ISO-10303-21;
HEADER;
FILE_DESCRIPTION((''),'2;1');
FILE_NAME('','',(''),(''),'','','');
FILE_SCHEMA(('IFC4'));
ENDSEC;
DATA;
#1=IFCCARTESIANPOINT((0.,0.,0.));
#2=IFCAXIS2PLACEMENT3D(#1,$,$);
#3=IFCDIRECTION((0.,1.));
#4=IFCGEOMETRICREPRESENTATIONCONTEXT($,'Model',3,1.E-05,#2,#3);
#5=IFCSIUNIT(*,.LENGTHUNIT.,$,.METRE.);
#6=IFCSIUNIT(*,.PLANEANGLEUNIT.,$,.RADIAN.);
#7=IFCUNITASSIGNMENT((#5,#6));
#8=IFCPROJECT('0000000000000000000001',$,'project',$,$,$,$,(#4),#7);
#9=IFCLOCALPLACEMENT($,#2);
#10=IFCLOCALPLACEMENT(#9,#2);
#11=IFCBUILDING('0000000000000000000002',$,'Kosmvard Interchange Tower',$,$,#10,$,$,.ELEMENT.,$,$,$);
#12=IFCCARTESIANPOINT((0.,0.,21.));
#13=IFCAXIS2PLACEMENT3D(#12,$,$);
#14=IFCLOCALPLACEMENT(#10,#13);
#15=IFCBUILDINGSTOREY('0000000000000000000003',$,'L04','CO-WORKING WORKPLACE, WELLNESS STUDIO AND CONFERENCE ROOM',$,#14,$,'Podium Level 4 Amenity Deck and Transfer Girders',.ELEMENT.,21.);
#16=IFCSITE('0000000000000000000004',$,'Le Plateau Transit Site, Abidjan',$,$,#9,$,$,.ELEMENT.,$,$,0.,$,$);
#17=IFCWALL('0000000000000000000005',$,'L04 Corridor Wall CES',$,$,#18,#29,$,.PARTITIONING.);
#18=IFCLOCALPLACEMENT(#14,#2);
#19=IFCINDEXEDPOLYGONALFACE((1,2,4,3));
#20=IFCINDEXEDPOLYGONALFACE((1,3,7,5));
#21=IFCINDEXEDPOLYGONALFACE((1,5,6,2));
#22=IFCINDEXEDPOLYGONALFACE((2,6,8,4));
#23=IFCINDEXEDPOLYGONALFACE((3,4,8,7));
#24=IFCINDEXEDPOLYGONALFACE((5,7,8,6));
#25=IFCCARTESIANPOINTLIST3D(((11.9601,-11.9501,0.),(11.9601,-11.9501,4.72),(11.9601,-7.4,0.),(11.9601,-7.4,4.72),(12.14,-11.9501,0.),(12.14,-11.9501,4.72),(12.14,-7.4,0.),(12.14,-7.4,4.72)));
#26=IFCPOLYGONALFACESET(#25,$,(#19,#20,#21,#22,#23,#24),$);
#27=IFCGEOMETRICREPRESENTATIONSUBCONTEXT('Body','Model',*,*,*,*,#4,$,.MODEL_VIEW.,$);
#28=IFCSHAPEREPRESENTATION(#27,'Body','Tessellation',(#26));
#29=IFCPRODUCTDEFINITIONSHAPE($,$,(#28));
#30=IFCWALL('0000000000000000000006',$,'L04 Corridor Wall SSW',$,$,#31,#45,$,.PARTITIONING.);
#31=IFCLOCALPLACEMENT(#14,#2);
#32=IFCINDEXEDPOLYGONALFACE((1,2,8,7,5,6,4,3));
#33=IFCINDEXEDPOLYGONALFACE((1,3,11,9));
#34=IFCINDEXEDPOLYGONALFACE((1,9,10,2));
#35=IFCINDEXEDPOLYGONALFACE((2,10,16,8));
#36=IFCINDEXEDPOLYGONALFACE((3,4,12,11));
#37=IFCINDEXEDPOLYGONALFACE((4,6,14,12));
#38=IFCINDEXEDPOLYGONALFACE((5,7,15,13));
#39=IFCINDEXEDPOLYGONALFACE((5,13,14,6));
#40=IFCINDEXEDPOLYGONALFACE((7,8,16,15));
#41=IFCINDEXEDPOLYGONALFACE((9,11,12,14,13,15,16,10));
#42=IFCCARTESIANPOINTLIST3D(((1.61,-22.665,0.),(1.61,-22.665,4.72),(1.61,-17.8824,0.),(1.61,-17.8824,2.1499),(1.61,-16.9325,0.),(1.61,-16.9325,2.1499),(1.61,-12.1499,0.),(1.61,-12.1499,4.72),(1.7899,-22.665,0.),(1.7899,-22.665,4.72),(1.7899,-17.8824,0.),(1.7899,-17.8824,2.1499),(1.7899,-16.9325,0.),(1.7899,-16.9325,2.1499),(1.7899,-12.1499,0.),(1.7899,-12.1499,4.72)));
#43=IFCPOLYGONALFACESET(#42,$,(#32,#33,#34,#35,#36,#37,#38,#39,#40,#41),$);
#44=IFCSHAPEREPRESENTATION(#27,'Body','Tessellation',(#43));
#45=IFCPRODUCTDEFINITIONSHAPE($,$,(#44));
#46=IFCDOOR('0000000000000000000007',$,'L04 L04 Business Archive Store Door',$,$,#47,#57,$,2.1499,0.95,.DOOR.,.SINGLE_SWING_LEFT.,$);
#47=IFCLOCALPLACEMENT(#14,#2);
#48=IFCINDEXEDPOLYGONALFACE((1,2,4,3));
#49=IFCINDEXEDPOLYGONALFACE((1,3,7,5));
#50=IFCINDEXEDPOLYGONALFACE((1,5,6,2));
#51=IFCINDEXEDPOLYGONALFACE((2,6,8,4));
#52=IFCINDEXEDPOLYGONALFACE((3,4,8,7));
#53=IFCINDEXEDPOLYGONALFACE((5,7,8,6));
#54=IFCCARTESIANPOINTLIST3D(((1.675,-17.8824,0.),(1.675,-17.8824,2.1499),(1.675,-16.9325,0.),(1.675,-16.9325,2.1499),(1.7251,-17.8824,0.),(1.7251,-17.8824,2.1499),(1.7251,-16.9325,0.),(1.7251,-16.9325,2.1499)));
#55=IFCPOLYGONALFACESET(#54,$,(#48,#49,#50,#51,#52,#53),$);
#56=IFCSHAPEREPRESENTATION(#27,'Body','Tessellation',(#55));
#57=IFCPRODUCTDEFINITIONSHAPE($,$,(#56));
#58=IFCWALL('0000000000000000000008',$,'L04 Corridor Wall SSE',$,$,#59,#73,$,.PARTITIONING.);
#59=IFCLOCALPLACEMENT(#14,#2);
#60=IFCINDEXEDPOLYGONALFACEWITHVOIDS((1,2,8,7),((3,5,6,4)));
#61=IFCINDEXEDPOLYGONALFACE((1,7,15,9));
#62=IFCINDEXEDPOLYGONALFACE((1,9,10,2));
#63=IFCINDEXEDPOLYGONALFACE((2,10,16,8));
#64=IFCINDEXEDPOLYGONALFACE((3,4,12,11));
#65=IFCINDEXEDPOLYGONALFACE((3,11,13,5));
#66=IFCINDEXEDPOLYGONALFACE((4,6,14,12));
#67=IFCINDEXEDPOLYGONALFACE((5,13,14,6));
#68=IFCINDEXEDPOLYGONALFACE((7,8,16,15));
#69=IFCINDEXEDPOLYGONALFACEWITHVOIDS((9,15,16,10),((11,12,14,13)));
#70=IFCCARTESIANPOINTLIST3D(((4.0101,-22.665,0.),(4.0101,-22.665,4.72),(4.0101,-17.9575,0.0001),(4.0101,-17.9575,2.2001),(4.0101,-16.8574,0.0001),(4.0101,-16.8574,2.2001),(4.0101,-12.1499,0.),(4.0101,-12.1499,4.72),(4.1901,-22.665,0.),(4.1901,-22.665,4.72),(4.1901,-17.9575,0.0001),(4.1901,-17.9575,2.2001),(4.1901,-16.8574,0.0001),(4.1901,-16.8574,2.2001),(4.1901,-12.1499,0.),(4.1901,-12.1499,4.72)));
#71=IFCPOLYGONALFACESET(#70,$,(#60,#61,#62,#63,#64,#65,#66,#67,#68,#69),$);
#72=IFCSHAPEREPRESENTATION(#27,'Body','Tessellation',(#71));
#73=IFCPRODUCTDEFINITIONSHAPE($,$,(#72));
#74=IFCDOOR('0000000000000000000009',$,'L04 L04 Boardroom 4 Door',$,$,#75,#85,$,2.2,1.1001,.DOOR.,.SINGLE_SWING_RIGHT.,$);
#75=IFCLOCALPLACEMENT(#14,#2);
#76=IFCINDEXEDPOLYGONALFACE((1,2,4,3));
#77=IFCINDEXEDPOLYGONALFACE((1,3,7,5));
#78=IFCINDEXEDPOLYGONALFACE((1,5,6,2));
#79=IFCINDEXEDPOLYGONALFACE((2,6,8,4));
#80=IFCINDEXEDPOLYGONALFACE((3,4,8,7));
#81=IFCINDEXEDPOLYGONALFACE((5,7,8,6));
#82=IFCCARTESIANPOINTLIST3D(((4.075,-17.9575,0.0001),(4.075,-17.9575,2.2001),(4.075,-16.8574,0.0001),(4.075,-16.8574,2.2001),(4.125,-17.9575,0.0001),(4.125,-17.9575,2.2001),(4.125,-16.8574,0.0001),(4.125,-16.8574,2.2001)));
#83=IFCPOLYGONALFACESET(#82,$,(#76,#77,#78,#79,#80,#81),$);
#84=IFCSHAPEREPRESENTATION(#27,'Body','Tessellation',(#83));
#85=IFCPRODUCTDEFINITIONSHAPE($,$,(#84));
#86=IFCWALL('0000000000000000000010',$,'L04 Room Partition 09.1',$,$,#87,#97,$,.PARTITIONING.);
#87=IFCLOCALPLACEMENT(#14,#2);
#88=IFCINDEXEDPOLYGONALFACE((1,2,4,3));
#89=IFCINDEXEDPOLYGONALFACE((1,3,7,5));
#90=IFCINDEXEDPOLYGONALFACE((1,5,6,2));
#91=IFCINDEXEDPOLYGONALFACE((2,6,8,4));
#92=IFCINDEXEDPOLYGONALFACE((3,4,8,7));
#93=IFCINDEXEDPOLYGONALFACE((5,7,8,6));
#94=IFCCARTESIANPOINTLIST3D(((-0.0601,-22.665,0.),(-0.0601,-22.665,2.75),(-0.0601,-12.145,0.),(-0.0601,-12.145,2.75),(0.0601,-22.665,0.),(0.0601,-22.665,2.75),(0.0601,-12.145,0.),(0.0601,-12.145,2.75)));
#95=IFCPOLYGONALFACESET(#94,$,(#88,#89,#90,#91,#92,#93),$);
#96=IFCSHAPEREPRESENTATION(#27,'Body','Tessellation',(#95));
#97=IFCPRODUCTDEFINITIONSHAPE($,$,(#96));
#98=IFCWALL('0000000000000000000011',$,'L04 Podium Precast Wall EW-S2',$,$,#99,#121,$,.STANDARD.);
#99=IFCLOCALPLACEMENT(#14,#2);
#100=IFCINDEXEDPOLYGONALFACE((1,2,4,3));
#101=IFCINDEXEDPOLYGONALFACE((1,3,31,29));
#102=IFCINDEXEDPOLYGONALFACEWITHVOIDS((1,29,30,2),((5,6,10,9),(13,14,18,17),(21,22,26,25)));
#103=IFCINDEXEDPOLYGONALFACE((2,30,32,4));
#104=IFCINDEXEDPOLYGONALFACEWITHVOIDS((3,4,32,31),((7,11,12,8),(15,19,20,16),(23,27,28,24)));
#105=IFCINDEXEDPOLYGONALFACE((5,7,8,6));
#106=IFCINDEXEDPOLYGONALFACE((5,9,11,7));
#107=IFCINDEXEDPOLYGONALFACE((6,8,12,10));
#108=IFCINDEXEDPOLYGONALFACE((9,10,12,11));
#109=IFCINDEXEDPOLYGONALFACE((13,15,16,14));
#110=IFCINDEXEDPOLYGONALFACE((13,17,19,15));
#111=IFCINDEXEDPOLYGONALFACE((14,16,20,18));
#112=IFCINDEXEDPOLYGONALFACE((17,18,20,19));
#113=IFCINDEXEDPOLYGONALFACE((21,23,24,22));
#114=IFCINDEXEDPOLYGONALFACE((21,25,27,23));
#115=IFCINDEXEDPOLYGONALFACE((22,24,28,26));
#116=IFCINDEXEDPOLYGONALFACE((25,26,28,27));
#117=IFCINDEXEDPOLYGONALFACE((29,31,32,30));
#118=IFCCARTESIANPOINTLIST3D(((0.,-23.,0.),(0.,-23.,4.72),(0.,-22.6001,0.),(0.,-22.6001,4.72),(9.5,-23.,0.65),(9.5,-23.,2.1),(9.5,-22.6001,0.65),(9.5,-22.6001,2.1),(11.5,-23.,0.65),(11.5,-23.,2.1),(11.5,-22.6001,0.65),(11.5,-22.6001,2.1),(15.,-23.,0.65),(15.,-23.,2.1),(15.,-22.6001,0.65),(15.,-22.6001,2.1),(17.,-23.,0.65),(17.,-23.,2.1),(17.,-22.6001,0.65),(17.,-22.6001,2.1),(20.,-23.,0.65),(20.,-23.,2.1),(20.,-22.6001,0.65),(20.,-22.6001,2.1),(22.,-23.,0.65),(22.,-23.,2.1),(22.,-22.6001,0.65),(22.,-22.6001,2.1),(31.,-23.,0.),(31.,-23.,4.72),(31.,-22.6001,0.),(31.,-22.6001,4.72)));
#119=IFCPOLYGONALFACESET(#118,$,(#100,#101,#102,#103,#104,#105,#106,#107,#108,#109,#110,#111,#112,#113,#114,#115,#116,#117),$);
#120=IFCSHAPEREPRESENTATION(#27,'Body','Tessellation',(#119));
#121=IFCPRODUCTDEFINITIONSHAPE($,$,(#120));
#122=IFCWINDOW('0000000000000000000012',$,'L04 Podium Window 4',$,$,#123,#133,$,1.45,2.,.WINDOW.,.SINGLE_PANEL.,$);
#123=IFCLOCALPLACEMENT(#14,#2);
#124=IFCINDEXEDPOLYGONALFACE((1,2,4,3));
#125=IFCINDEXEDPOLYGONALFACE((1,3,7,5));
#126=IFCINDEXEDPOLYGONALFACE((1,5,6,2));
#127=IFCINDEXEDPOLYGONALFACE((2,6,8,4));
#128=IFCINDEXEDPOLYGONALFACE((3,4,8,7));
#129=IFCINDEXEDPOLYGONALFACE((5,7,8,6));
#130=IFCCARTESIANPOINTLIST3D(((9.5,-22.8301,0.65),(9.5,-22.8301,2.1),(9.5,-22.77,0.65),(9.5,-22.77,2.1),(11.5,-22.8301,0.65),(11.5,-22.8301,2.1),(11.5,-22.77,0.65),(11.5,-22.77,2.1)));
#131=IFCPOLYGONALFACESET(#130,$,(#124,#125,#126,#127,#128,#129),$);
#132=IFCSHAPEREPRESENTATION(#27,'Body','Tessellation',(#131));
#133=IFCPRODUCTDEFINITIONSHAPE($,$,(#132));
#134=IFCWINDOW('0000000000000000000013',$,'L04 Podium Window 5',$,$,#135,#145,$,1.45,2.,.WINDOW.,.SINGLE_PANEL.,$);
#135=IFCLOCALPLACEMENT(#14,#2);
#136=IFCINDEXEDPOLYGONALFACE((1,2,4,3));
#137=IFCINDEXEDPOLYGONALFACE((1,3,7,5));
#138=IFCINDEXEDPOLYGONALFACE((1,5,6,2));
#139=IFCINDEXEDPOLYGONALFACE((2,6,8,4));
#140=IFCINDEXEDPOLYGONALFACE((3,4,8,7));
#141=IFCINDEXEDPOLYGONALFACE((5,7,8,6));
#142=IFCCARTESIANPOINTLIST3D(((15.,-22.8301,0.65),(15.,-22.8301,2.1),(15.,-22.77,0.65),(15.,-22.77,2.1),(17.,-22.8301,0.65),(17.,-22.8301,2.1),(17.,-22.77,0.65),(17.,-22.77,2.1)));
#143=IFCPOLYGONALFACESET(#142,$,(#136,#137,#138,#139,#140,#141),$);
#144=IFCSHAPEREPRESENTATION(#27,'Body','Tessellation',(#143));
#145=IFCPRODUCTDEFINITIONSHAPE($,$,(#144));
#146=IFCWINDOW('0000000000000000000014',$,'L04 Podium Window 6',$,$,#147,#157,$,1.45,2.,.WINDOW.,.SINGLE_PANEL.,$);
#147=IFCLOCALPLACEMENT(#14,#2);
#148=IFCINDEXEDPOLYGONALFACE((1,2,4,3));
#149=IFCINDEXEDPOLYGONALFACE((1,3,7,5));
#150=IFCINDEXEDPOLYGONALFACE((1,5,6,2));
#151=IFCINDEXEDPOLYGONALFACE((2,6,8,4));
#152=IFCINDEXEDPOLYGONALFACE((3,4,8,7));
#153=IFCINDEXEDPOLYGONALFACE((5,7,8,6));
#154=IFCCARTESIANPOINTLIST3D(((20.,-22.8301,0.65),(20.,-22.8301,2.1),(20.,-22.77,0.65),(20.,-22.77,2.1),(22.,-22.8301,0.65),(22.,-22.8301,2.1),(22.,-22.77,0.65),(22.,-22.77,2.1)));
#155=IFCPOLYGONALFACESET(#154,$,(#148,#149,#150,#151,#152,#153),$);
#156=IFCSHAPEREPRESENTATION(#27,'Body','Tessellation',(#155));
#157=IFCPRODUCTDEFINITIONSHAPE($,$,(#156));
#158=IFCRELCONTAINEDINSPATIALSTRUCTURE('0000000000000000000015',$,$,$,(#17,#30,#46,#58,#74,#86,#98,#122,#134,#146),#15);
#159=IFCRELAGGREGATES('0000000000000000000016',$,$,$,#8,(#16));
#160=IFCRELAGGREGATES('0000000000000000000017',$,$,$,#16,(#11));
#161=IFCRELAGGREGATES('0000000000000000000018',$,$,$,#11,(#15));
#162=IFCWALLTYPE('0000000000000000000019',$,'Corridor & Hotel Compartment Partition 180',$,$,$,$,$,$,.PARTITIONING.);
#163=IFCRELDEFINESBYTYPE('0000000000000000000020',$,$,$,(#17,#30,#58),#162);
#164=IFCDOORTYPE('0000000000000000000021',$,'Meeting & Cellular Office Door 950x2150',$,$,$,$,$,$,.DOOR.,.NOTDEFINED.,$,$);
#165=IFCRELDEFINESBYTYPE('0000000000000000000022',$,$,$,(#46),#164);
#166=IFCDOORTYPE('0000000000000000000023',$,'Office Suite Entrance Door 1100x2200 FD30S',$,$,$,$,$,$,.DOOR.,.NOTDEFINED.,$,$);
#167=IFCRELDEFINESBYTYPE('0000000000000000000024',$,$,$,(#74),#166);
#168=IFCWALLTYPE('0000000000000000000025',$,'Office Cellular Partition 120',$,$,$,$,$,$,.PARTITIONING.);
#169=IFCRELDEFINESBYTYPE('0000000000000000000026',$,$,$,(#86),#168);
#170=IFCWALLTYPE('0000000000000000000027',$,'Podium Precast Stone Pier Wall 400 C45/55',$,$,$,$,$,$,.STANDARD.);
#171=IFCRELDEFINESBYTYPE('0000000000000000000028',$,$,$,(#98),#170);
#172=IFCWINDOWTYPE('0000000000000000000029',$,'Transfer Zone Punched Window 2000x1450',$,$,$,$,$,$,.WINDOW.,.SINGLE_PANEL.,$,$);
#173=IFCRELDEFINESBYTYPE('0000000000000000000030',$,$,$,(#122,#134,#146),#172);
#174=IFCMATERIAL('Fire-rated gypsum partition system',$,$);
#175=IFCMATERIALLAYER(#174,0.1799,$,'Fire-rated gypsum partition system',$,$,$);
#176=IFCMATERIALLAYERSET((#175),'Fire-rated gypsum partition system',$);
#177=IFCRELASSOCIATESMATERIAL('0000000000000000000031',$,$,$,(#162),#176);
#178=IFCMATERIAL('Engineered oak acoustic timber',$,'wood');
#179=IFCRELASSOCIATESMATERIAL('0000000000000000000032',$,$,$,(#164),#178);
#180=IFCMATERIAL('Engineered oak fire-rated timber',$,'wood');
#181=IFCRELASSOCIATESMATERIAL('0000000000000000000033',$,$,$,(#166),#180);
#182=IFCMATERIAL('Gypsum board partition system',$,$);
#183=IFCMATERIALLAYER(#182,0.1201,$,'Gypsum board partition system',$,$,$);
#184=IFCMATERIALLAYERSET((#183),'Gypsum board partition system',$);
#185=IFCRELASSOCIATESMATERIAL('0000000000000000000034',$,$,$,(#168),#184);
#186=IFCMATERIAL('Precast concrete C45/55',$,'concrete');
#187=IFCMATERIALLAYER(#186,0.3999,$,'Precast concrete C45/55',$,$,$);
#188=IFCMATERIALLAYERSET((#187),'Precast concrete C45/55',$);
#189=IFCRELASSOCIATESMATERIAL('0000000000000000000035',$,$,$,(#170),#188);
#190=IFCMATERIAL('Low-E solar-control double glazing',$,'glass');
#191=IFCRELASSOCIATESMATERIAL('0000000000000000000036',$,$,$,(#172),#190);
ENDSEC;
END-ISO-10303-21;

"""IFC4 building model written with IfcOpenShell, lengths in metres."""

from ifc_helpers import new_model, si_unit, direction, frame, frame_2d, origin, place, context, subcontext, project, spatial, rectangle, extrude, source, transform, mapped, material, layer, layer_set, type_object, element, fill, save


model = new_model("IFC4")

# Units and contexts
model_context = context("Model", 3, precision=1e-05, world=origin(), true_north=direction((0.0, 1.0)))
body_context = subcontext(model_context, "Body", "Model", "MODEL_VIEW")
ifc_project = project(units=[si_unit("LENGTHUNIT", "METRE"), si_unit("PLANEANGLEUNIT", "RADIAN")], contexts=[model_context])

# Site, building, storey
site_placement = place(None, origin())
site = spatial("IfcSite", under=ifc_project, at=site_placement, Name="Le Plateau Transit Site, Abidjan", CompositionType="ELEMENT", RefElevation=0.0)
building_placement = place(site_placement, origin())
building = spatial("IfcBuilding", under=site, at=building_placement, Name="Kosmvard Interchange Tower", CompositionType="ELEMENT")
storey_placement = place(building_placement, frame((0.0, 0.0, 21.0)))
storey = spatial("IfcBuildingStorey", under=building, at=storey_placement, Name="L04", Description="CO-WORKING WORKPLACE, WELLNESS STUDIO AND CONFERENCE ROOM", LongName="Podium Level 4 Amenity Deck and Transfer Girders", CompositionType="ELEMENT", Elevation=21.0)

# Wall
ifc_material_1 = material(Name="Fire-rated gypsum partition system")
ifc_layer_1 = layer(ifc_material_1, 0.1799, Name="Fire-rated gypsum partition system")
ifc_layer_set_1 = layer_set([ifc_layer_1], Name="Fire-rated gypsum partition system")
wall_type_1 = type_object("IfcWallType", Name="Corridor & Hotel Compartment Partition 180", PredefinedType="PARTITIONING", material=ifc_layer_set_1)
wall_1_placement = place(storey_placement, frame((12.05, -11.95, 0.0), z_axis=(0.0, 0.0, 1.0), x_axis=(0.0, 1.0, 0.0)))
element("IfcWall", 1, at=wall_1_placement, inside=storey, type_object=wall_type_1, Name="L04 Corridor Wall CES", PredefinedType="PARTITIONING", context=body_context, shape_type="SweptSolid", body=[
    extrude(rectangle(XDim=4.55, YDim=0.1799, at=frame_2d((2.2749, 0.0))), origin(), (0.0, 0.0, 1.0), 4.72),
])

# Walls, openings, doors
wall_2_placement = place(storey_placement, frame((1.7, -22.665, 0.0), z_axis=(0.0, 0.0, 1.0), x_axis=(0.0, 1.0, 0.0)))
wall_2 = element("IfcWall", 2, at=wall_2_placement, inside=storey, type_object=wall_type_1, Name="L04 Corridor Wall SSW", PredefinedType="PARTITIONING", context=body_context, shape_type="SweptSolid", body=[
    extrude(rectangle(XDim=10.5151, YDim=0.1799, at=frame_2d((5.2576, 0.0))), origin(), (0.0, 0.0, 1.0), 4.72),
])
opening_1_placement = place(wall_2_placement, frame((4.7825, 0.0, 0.0)))
opening_1 = element("IfcOpeningElement", 3, at=opening_1_placement, cuts=wall_2, PredefinedType="OPENING", context=body_context, shape_type="SweptSolid", body=[
    extrude(rectangle(XDim=0.95, YDim=2.1499, at=frame_2d((0.4751, 1.075))), frame((0.0, 0.1001, 0.0), z_axis=(0.0, -1.0, 0.0), x_axis=(1.0, 0.0, 0.0)), (0.0, 0.0, 1.0), 0.2),
])
ifc_material_2 = material(Name="Engineered oak acoustic timber", Category="wood")
door_type_1 = type_object("IfcDoorType", Name="Meeting & Cellular Office Door 950x2150", OperationType="NOTDEFINED", PredefinedType="DOOR", material=ifc_material_2)
shared_shape_1 = source(origin(), body_context, "Body", "SweptSolid", [
    extrude(rectangle(XDim=0.95, YDim=2.1499, at=frame_2d((0.4751, 1.075))), frame((0.0, 0.0249, 0.0), z_axis=(0.0, -1.0, 0.0), x_axis=(1.0, 0.0, 0.0)), (0.0, 0.0, 1.0), 0.05),
])
door_1_placement = place(opening_1_placement, origin())
door_1 = element("IfcDoor", 4, at=door_1_placement, inside=storey, type_object=door_type_1, Name="L04 L04 Business Archive Store Door", OperationType="SINGLE_SWING_LEFT", OverallHeight=2.1499, OverallWidth=0.95, PredefinedType="DOOR", context=body_context, shape_type="MappedRepresentation", body=[
    mapped(shared_shape_1, transform((0.0, 0.0, 0.0), scale=1.0)),
])
fill(opening_1, door_1)
wall_3_placement = place(storey_placement, frame((4.1001, -22.665, 0.0), z_axis=(0.0, 0.0, 1.0), x_axis=(0.0, 1.0, 0.0)))
wall_3 = element("IfcWall", 5, at=wall_3_placement, inside=storey, type_object=wall_type_1, Name="L04 Corridor Wall SSE", PredefinedType="PARTITIONING", context=body_context, shape_type="SweptSolid", body=[
    extrude(rectangle(XDim=10.5151, YDim=0.1799, at=frame_2d((5.2576, 0.0))), origin(), (0.0, 0.0, 1.0), 4.72),
])
opening_2_placement = place(wall_3_placement, frame((4.7075, 0.0, 0.0)))
opening_2 = element("IfcOpeningElement", 6, at=opening_2_placement, cuts=wall_3, PredefinedType="OPENING", context=body_context, shape_type="SweptSolid", body=[
    extrude(rectangle(XDim=1.1001, YDim=2.2, at=frame_2d((0.55, 1.1001))), frame((0.0, 0.1001, 0.0), z_axis=(0.0, -1.0, 0.0), x_axis=(1.0, 0.0, 0.0)), (0.0, 0.0, 1.0), 0.2),
])
ifc_material_3 = material(Name="Engineered oak fire-rated timber", Category="wood")
door_type_2 = type_object("IfcDoorType", Name="Office Suite Entrance Door 1100x2200 FD30S", OperationType="NOTDEFINED", PredefinedType="DOOR", material=ifc_material_3)
shared_shape_2 = source(origin(), body_context, "Body", "SweptSolid", [
    extrude(rectangle(XDim=1.1001, YDim=2.2, at=frame_2d((0.55, 1.1001))), frame((0.0, 0.0249, 0.0), z_axis=(0.0, -1.0, 0.0), x_axis=(1.0, 0.0, 0.0)), (0.0, 0.0, 1.0), 0.05),
])
door_2_placement = place(opening_2_placement, frame((1.1001, 0.0, 0.0), z_axis=(0.0, 0.0, 1.0), x_axis=(-1.0, 0.0, 0.0)))
door_2 = element("IfcDoor", 7, at=door_2_placement, inside=storey, type_object=door_type_2, Name="L04 L04 Boardroom 4 Door", OperationType="SINGLE_SWING_RIGHT", OverallHeight=2.2, OverallWidth=1.1001, PredefinedType="DOOR", context=body_context, shape_type="MappedRepresentation", body=[
    mapped(shared_shape_2, transform((0.0, 0.0, 0.0), scale=1.0)),
])
fill(opening_2, door_2)

# Wall
ifc_material_4 = material(Name="Gypsum board partition system")
ifc_layer_2 = layer(ifc_material_4, 0.1201, Name="Gypsum board partition system")
ifc_layer_set_2 = layer_set([ifc_layer_2], Name="Gypsum board partition system")
wall_type_2 = type_object("IfcWallType", Name="Office Cellular Partition 120", PredefinedType="PARTITIONING", material=ifc_layer_set_2)
wall_4_placement = place(storey_placement, frame((0.0, -22.665, 0.0), z_axis=(0.0, 0.0, 1.0), x_axis=(0.0, 1.0, 0.0)))
element("IfcWall", 8, at=wall_4_placement, inside=storey, type_object=wall_type_2, Name="L04 Room Partition 09.1", PredefinedType="PARTITIONING", context=body_context, shape_type="SweptSolid", body=[
    extrude(rectangle(XDim=10.52, YDim=0.1201, at=frame_2d((5.26, 0.0))), origin(), (0.0, 0.0, 1.0), 2.75),
])

# Wall, openings, windows
ifc_material_5 = material(Name="Precast concrete C45/55", Category="concrete")
ifc_layer_3 = layer(ifc_material_5, 0.3999, Name="Precast concrete C45/55")
ifc_layer_set_3 = layer_set([ifc_layer_3], Name="Precast concrete C45/55")
wall_type_3 = type_object("IfcWallType", Name="Podium Precast Stone Pier Wall 400 C45/55", PredefinedType="STANDARD", material=ifc_layer_set_3)
wall_5_placement = place(storey_placement, frame((0.0, -22.8, 0.0), z_axis=(0.0, 0.0, 1.0), x_axis=(1.0, 0.0, 0.0)))
wall_5 = element("IfcWall", 9, at=wall_5_placement, inside=storey, type_object=wall_type_3, Name="L04 Podium Precast Wall EW-S2", PredefinedType="STANDARD", context=body_context, shape_type="SweptSolid", body=[
    extrude(rectangle(XDim=31.0, YDim=0.3999, at=frame_2d((15.5, 0.0))), origin(), (0.0, 0.0, 1.0), 4.72),
])
opening_3_placement = place(wall_5_placement, frame((9.5, 0.0, 0.6499)))
opening_3 = element("IfcOpeningElement", 10, at=opening_3_placement, cuts=wall_5, PredefinedType="OPENING", context=body_context, shape_type="SweptSolid", body=[
    extrude(rectangle(XDim=2.0, YDim=1.45, at=frame_2d((1.0, 0.7251))), frame((0.0, 0.21, 0.0), z_axis=(0.0, -1.0, 0.0), x_axis=(1.0, 0.0, 0.0)), (0.0, 0.0, 1.0), 0.4199),
])
opening_4_placement = place(wall_5_placement, frame((15.0, 0.0, 0.6499)))
opening_4 = element("IfcOpeningElement", 11, at=opening_4_placement, cuts=wall_5, PredefinedType="OPENING", context=body_context, shape_type="SweptSolid", body=[
    extrude(rectangle(XDim=2.0, YDim=1.45, at=frame_2d((1.0, 0.7251))), frame((0.0, 0.21, 0.0), z_axis=(0.0, -1.0, 0.0), x_axis=(1.0, 0.0, 0.0)), (0.0, 0.0, 1.0), 0.4199),
])
opening_5_placement = place(wall_5_placement, frame((20.0, 0.0, 0.6499)))
opening_5 = element("IfcOpeningElement", 12, at=opening_5_placement, cuts=wall_5, PredefinedType="OPENING", context=body_context, shape_type="SweptSolid", body=[
    extrude(rectangle(XDim=2.0, YDim=1.45, at=frame_2d((1.0, 0.7251))), frame((0.0, 0.21, 0.0), z_axis=(0.0, -1.0, 0.0), x_axis=(1.0, 0.0, 0.0)), (0.0, 0.0, 1.0), 0.4199),
])
ifc_material_6 = material(Name="Low-E solar-control double glazing", Category="glass")
window_type = type_object("IfcWindowType", Name="Transfer Zone Punched Window 2000x1450", PartitioningType="SINGLE_PANEL", PredefinedType="WINDOW", material=ifc_material_6)
shared_shape_3 = source(origin(), body_context, "Body", "SweptSolid", [
    extrude(rectangle(XDim=2.0, YDim=1.45, at=frame_2d((1.0, 0.7251))), frame((0.0, 0.03, 0.0), z_axis=(0.0, -1.0, 0.0), x_axis=(1.0, 0.0, 0.0)), (0.0, 0.0, 1.0), 0.0601),
])
window_1_placement = place(opening_3_placement, origin())
window_1 = element("IfcWindow", 13, at=window_1_placement, inside=storey, type_object=window_type, Name="L04 Podium Window 4", OverallHeight=1.45, OverallWidth=2.0, PartitioningType="SINGLE_PANEL", PredefinedType="WINDOW", context=body_context, shape_type="MappedRepresentation", body=[
    mapped(shared_shape_3, transform((0.0, 0.0, 0.0), scale=1.0)),
])
fill(opening_3, window_1)
window_2_placement = place(opening_4_placement, origin())
window_2 = element("IfcWindow", 14, at=window_2_placement, inside=storey, type_object=window_type, Name="L04 Podium Window 5", OverallHeight=1.45, OverallWidth=2.0, PartitioningType="SINGLE_PANEL", PredefinedType="WINDOW", context=body_context, shape_type="MappedRepresentation", body=[
    mapped(shared_shape_3, transform((0.0, 0.0, 0.0), scale=1.0)),
])
fill(opening_4, window_2)
window_3_placement = place(opening_5_placement, origin())
window_3 = element("IfcWindow", 15, at=window_3_placement, inside=storey, type_object=window_type, Name="L04 Podium Window 6", OverallHeight=1.45, OverallWidth=2.0, PartitioningType="SINGLE_PANEL", PredefinedType="WINDOW", context=body_context, shape_type="MappedRepresentation", body=[
    mapped(shared_shape_3, transform((0.0, 0.0, 0.0), scale=1.0)),
])
fill(opening_5, window_3)

save(model, "model.ifc")
